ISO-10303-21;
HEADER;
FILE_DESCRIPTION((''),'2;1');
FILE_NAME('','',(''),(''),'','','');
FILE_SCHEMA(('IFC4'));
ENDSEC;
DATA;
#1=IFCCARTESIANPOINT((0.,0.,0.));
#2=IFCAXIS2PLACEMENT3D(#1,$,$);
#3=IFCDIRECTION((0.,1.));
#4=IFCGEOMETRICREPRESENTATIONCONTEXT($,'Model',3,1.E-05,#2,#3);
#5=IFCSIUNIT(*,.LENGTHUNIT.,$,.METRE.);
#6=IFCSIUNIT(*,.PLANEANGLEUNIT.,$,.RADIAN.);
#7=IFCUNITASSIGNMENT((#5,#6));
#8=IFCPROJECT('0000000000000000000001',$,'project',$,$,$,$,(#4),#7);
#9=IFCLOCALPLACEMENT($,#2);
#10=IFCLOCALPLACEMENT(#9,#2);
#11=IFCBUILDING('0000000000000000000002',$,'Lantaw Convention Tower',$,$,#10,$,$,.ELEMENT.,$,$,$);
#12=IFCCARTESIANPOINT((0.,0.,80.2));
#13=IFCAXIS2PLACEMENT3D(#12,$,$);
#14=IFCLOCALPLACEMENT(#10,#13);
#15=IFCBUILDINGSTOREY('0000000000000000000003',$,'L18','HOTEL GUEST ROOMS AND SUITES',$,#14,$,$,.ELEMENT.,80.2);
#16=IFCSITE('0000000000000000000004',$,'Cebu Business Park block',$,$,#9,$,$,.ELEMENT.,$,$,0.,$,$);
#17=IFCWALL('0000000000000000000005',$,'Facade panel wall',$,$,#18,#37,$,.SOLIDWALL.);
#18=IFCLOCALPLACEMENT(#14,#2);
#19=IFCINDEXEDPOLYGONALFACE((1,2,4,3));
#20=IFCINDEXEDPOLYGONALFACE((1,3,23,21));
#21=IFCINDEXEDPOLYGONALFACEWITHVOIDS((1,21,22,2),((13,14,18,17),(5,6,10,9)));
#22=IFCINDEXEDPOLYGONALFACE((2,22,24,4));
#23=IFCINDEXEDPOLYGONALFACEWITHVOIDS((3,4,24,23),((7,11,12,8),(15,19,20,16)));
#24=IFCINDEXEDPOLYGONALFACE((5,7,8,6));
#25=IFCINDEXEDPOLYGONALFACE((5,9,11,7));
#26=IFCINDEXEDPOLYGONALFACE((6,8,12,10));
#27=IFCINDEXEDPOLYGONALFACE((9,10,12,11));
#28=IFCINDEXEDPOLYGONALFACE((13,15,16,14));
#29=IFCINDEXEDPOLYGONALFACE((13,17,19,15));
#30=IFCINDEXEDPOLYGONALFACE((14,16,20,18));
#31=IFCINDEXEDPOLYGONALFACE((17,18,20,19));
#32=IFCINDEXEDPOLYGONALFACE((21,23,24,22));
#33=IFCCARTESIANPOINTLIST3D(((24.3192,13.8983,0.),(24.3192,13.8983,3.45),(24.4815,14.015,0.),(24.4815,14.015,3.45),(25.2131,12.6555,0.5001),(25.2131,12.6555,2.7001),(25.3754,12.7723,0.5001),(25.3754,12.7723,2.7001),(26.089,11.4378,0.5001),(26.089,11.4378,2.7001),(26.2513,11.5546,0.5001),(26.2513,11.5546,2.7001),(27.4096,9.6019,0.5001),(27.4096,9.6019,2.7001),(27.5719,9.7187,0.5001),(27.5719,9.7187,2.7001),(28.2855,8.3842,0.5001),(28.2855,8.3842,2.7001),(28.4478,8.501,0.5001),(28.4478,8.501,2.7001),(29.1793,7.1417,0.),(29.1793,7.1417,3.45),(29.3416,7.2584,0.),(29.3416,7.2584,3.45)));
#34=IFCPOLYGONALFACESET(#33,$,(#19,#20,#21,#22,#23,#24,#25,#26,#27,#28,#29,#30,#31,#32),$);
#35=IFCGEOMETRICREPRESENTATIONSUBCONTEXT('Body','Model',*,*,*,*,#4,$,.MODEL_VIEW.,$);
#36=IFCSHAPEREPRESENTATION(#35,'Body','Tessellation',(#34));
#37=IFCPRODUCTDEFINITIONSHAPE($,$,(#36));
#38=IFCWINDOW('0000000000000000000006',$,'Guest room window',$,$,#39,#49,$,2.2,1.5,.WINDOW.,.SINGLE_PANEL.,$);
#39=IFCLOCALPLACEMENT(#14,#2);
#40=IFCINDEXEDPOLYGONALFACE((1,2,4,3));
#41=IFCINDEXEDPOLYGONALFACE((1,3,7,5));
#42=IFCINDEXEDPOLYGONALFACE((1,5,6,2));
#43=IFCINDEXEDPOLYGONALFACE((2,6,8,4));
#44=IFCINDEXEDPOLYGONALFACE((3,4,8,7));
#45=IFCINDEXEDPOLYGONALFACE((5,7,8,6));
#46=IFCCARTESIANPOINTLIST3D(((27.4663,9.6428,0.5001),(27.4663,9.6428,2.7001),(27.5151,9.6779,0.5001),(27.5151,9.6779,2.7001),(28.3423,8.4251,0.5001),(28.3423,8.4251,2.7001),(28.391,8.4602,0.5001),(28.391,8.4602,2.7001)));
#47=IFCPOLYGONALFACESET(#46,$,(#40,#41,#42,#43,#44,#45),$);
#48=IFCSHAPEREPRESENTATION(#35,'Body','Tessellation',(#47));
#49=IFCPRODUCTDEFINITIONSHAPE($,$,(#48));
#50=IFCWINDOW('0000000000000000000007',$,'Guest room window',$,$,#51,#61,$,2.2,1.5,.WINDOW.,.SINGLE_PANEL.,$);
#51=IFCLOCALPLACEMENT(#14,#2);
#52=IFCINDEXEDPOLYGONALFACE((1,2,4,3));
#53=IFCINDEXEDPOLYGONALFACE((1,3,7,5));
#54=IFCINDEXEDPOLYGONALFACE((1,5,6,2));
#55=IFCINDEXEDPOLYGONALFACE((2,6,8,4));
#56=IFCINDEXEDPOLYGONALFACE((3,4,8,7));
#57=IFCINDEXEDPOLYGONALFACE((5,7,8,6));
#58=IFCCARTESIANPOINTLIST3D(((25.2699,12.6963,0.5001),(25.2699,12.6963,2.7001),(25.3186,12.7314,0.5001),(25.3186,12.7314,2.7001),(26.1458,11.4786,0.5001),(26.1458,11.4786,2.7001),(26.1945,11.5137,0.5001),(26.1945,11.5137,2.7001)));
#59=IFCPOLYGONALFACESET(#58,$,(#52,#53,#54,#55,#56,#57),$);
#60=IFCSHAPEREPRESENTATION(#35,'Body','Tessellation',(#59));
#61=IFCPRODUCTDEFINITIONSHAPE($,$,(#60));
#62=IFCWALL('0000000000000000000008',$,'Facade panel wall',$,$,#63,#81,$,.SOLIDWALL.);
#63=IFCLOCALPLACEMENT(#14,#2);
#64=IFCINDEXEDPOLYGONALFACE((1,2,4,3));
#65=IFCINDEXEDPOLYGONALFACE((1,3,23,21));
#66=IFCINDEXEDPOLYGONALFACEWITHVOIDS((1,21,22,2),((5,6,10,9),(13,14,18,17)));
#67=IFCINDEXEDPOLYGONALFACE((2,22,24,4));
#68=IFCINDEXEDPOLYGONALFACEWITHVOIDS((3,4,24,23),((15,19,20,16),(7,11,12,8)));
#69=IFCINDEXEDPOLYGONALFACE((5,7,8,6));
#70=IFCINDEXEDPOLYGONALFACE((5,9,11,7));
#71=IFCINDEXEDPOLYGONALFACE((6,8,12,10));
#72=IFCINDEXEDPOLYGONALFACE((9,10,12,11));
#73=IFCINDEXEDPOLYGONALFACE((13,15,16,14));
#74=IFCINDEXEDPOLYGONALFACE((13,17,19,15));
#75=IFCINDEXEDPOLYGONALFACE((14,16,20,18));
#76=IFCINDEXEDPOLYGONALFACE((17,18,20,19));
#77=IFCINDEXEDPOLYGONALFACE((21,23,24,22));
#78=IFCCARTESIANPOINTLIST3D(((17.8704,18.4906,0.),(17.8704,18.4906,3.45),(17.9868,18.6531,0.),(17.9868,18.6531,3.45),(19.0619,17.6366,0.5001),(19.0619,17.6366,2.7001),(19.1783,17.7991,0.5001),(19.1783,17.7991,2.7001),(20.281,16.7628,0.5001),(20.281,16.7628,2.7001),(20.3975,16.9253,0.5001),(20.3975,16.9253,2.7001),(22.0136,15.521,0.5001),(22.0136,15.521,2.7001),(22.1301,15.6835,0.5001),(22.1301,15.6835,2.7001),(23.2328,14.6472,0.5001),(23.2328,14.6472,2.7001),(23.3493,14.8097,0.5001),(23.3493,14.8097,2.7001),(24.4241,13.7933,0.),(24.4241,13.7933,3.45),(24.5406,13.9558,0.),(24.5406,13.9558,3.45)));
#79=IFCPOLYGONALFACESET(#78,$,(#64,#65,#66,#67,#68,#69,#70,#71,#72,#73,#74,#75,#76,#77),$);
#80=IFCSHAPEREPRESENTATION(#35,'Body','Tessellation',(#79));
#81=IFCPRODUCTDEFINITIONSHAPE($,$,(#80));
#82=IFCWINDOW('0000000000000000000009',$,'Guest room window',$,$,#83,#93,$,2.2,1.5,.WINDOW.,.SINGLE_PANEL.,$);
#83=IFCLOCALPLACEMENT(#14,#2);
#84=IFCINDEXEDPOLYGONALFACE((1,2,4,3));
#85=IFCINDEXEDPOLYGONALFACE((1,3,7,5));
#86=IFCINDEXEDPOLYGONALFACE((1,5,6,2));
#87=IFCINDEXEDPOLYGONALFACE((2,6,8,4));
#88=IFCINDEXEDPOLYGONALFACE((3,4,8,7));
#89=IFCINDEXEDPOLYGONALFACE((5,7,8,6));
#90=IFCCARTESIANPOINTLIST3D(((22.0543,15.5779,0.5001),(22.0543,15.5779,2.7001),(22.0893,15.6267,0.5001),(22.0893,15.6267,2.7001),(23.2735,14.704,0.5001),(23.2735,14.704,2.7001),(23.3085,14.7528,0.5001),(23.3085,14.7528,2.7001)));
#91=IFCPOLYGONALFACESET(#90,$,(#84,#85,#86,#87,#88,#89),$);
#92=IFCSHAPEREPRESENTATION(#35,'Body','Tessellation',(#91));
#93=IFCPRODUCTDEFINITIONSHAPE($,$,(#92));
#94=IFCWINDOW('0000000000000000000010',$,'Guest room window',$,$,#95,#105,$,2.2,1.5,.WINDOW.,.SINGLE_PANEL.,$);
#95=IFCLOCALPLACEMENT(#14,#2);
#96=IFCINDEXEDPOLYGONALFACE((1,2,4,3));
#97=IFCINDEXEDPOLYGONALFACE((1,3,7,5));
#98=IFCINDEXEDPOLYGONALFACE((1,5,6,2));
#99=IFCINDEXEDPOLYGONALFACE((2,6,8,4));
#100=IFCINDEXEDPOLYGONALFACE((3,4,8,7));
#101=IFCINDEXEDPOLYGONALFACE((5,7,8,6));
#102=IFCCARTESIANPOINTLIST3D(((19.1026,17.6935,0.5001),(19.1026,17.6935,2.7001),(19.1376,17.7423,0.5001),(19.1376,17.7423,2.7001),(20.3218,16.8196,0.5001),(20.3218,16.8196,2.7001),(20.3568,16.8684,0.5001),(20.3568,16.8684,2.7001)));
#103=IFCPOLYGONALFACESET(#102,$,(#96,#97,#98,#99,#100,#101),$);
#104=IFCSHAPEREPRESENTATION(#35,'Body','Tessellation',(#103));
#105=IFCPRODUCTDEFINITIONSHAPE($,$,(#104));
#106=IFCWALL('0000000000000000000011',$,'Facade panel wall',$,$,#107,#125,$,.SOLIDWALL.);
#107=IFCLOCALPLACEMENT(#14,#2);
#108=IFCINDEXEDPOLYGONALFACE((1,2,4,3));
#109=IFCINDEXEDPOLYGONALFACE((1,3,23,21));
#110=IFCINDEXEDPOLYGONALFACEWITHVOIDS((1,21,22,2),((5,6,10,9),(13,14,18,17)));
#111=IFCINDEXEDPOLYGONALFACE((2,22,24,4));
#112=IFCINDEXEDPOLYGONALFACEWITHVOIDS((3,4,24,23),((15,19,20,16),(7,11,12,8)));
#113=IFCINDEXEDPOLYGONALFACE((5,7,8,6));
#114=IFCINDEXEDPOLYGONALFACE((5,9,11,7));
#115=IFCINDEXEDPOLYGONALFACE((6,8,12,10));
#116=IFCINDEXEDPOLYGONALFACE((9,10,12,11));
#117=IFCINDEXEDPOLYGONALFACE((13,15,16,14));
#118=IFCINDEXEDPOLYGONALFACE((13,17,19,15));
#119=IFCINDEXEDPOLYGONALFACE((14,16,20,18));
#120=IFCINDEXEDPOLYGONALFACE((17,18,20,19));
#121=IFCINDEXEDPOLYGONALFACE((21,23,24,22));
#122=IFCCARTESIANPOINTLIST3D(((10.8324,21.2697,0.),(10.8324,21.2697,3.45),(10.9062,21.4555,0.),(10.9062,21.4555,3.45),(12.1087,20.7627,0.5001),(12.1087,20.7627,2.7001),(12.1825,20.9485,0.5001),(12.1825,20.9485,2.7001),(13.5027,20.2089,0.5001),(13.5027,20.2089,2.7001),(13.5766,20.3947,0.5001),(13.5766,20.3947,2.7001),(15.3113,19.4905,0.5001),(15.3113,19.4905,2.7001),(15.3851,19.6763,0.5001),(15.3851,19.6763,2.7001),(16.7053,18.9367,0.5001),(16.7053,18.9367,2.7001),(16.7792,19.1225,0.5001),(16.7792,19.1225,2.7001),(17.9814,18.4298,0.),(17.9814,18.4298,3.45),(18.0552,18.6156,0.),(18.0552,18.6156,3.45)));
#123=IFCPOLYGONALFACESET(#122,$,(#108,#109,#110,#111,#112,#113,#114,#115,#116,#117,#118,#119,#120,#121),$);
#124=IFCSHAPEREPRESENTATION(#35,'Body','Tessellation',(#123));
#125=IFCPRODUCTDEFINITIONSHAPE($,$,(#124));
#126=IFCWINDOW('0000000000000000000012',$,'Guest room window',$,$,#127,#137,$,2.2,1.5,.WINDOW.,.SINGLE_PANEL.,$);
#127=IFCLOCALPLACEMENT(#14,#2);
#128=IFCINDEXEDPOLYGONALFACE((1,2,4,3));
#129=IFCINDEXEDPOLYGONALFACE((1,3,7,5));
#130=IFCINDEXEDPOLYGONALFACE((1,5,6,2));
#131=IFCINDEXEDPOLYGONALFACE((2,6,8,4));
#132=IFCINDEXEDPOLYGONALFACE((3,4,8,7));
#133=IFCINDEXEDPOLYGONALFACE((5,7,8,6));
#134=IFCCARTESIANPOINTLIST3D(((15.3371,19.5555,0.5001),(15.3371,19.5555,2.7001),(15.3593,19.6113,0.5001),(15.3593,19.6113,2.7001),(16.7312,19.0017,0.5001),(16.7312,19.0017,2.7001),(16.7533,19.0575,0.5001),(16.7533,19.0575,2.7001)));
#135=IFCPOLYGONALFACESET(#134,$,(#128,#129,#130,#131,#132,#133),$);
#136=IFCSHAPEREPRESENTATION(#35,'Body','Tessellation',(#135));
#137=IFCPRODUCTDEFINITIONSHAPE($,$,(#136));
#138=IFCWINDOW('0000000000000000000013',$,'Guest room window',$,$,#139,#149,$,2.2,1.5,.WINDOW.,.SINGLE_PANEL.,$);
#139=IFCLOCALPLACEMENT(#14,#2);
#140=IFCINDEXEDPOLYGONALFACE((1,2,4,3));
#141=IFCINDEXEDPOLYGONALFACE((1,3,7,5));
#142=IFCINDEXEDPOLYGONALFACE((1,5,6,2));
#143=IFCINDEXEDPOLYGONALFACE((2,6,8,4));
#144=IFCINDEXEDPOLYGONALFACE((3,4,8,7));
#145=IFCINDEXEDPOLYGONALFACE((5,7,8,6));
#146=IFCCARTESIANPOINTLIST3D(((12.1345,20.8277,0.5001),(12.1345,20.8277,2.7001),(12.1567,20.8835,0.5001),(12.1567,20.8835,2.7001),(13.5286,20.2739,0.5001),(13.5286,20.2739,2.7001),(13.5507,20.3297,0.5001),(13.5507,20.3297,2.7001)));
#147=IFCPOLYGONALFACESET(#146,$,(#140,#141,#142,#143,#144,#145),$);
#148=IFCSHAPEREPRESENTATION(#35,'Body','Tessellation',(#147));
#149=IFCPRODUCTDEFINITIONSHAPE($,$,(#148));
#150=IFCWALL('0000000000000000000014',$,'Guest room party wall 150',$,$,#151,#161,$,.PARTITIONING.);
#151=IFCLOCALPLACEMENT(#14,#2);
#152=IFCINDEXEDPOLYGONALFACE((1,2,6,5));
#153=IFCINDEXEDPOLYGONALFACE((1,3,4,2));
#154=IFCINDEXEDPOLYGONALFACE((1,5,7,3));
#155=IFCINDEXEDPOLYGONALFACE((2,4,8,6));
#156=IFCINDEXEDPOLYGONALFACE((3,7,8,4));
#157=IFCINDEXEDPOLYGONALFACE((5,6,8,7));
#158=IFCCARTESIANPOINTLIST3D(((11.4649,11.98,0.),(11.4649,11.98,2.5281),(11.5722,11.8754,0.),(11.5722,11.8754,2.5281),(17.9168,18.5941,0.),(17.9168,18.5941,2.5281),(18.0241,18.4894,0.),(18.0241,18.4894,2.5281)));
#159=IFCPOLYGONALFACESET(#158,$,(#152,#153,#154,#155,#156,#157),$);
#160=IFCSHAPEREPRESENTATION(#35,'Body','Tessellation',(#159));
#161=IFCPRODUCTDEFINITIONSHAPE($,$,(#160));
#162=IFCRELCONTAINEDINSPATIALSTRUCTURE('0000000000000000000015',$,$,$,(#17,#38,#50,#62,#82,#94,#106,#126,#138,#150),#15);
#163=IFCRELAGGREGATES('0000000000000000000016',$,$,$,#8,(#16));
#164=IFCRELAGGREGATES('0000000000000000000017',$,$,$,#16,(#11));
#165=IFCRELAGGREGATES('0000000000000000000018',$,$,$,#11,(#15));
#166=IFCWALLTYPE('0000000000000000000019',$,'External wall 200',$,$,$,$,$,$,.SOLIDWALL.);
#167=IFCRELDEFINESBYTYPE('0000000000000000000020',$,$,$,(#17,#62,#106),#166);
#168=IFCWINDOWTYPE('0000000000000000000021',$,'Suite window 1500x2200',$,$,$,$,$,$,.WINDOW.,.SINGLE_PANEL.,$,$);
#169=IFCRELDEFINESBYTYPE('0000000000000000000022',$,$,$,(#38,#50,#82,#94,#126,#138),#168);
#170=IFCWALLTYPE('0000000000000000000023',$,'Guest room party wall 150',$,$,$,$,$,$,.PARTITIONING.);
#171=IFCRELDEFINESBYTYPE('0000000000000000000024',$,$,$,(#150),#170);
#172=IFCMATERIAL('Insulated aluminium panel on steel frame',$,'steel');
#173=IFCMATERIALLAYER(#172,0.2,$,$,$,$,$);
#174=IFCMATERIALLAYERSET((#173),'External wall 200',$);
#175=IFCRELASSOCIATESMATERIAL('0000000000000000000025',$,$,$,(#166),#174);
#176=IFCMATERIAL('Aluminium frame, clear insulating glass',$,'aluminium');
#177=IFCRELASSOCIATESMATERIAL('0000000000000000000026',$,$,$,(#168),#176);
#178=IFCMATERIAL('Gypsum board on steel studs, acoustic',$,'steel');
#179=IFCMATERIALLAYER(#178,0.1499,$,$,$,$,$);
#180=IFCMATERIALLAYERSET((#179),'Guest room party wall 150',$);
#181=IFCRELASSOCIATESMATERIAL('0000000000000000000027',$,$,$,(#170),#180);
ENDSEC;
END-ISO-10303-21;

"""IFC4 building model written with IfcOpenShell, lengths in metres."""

from ifc_helpers import new_model, si_unit, direction, frame, frame_2d, origin, place, context, subcontext, project, spatial, rectangle, extrude, material, layer, layer_set, type_object, element, fill, save


model = new_model("IFC4")

# Units and contexts
model_context = context("Model", 3, precision=1e-05, world=origin(), true_north=direction((0.0, 1.0)))
body_context = subcontext(model_context, "Body", "Model", "MODEL_VIEW")
ifc_project = project(units=[si_unit("LENGTHUNIT", "METRE"), si_unit("PLANEANGLEUNIT", "RADIAN")], contexts=[model_context])

# Site, building, storey
site_placement = place(None, origin())
site = spatial("IfcSite", under=ifc_project, at=site_placement, Name="Cebu Business Park block", CompositionType="ELEMENT", RefElevation=0.0)
building_placement = place(site_placement, origin())
building = spatial("IfcBuilding", under=site, at=building_placement, Name="Lantaw Convention Tower", CompositionType="ELEMENT")
storey_placement = place(building_placement, frame((0.0, 0.0, 80.2)))
storey = spatial("IfcBuildingStorey", under=building, at=storey_placement, Name="L18", Description="HOTEL GUEST ROOMS AND SUITES", CompositionType="ELEMENT", Elevation=80.2)

# Walls, openings, windows
ifc_material_1 = material(Name="Insulated aluminium panel on steel frame", Category="steel")
ifc_layer_1 = layer(ifc_material_1, 0.2)
ifc_layer_set_1 = layer_set([ifc_layer_1], Name="External wall 200")
wall_type_1 = type_object("IfcWallType", Name="External wall 200", PredefinedType="SOLIDWALL", material=ifc_layer_set_1)
wall_1_placement = place(storey_placement, frame((29.2605, 7.2, 0.0), z_axis=(0.0, 0.0, 1.0), x_axis=(-0.583938, 0.811799, 0.0)))
wall_1 = element("IfcWall", 1, at=wall_1_placement, inside=storey, type_object=wall_type_1, Name="Facade panel wall", PredefinedType="SOLIDWALL", context=body_context, shape_type="SweptSolid", body=[
    extrude(rectangle(XDim=8.323, YDim=0.2, at=frame_2d((4.1616, 0.0))), origin(), (0.0, 0.0, 1.0), 3.45),
])
opening_1_placement = place(wall_1_placement, frame((1.5308, 0.0, 0.5)))
opening_1 = element("IfcOpeningElement", 2, at=opening_1_placement, cuts=wall_1, PredefinedType="OPENING", context=body_context, shape_type="SweptSolid", body=[
    extrude(rectangle(XDim=1.5, YDim=2.2, at=frame_2d((0.75, 1.1001))), frame((0.0, 0.1099, 0.0), z_axis=(0.0, -1.0, 0.0), x_axis=(1.0, 0.0, 0.0)), (0.0, 0.0, 1.0), 0.22),
])
opening_2_placement = place(wall_1_placement, frame((5.2922, 0.0, 0.5)))
opening_2 = element("IfcOpeningElement", 3, at=opening_2_placement, cuts=wall_1, PredefinedType="OPENING", context=body_context, shape_type="SweptSolid", body=[
    extrude(rectangle(XDim=1.5, YDim=2.2, at=frame_2d((0.75, 1.1001))), frame((0.0, 0.1099, 0.0), z_axis=(0.0, -1.0, 0.0), x_axis=(1.0, 0.0, 0.0)), (0.0, 0.0, 1.0), 0.22),
])
ifc_material_2 = material(Name="Aluminium frame, clear insulating glass", Category="aluminium")
window_type = type_object("IfcWindowType", Name="Suite window 1500x2200", PartitioningType="SINGLE_PANEL", PredefinedType="WINDOW", material=ifc_material_2)
window_1_placement = place(opening_1_placement, origin())
window_1 = element("IfcWindow", 4, at=window_1_placement, inside=storey, type_object=window_type, Name="Guest room window", OverallHeight=2.2, OverallWidth=1.5, PartitioningType="SINGLE_PANEL", PredefinedType="WINDOW", context=body_context, shape_type="SweptSolid", body=[
    extrude(rectangle(XDim=1.5, YDim=2.2, at=frame_2d((0.75, 1.1001))), frame((0.0, 0.03, 0.0), z_axis=(0.0, -1.0, 0.0), x_axis=(1.0, 0.0, 0.0)), (0.0, 0.0, 1.0), 0.0601),
])
fill(opening_1, window_1)
window_2_placement = place(opening_2_placement, origin())
window_2 = element("IfcWindow", 5, at=window_2_placement, inside=storey, type_object=window_type, Name="Guest room window", OverallHeight=2.2, OverallWidth=1.5, PartitioningType="SINGLE_PANEL", PredefinedType="WINDOW", context=body_context, shape_type="SweptSolid", body=[
    extrude(rectangle(XDim=1.5, YDim=2.2, at=frame_2d((0.75, 1.1001))), frame((0.0, 0.03, 0.0), z_axis=(0.0, -1.0, 0.0), x_axis=(1.0, 0.0, 0.0)), (0.0, 0.0, 1.0), 0.0601),
])
fill(opening_2, window_2)
wall_2_placement = place(storey_placement, frame((24.4824, 13.8745, 0.0), z_axis=(0.0, 0.0, 1.0), x_axis=(-0.812791, 0.582555, 0.0)))
wall_2 = element("IfcWall", 6, at=wall_2_placement, inside=storey, type_object=wall_type_1, Name="Facade panel wall", PredefinedType="SOLIDWALL", context=body_context, shape_type="SweptSolid", body=[
    extrude(rectangle(XDim=8.0632, YDim=0.2, at=frame_2d((4.0317, 0.0))), origin(), (0.0, 0.0, 1.0), 3.45),
])
opening_3_placement = place(wall_2_placement, frame((1.4658, 0.0, 0.5)))
opening_3 = element("IfcOpeningElement", 7, at=opening_3_placement, cuts=wall_2, PredefinedType="OPENING", context=body_context, shape_type="SweptSolid", body=[
    extrude(rectangle(XDim=1.5, YDim=2.2, at=frame_2d((0.75, 1.1001))), frame((0.0, 0.1099, 0.0), z_axis=(0.0, -1.0, 0.0), x_axis=(1.0, 0.0, 0.0)), (0.0, 0.0, 1.0), 0.22),
])
opening_4_placement = place(wall_2_placement, frame((5.0974, 0.0, 0.5)))
opening_4 = element("IfcOpeningElement", 8, at=opening_4_placement, cuts=wall_2, PredefinedType="OPENING", context=body_context, shape_type="SweptSolid", body=[
    extrude(rectangle(XDim=1.5, YDim=2.2, at=frame_2d((0.75, 1.1001))), frame((0.0, 0.1099, 0.0), z_axis=(0.0, -1.0, 0.0), x_axis=(1.0, 0.0, 0.0)), (0.0, 0.0, 1.0), 0.22),
])
window_3_placement = place(opening_3_placement, origin())
window_3 = element("IfcWindow", 9, at=window_3_placement, inside=storey, type_object=window_type, Name="Guest room window", OverallHeight=2.2, OverallWidth=1.5, PartitioningType="SINGLE_PANEL", PredefinedType="WINDOW", context=body_context, shape_type="SweptSolid", body=[
    extrude(rectangle(XDim=1.5, YDim=2.2, at=frame_2d((0.75, 1.1001))), frame((0.0, 0.03, 0.0), z_axis=(0.0, -1.0, 0.0), x_axis=(1.0, 0.0, 0.0)), (0.0, 0.0, 1.0), 0.0601),
])
fill(opening_3, window_3)
window_4_placement = place(opening_4_placement, origin())
window_4 = element("IfcWindow", 10, at=window_4_placement, inside=storey, type_object=window_type, Name="Guest room window", OverallHeight=2.2, OverallWidth=1.5, PartitioningType="SINGLE_PANEL", PredefinedType="WINDOW", context=body_context, shape_type="SweptSolid", body=[
    extrude(rectangle(XDim=1.5, YDim=2.2, at=frame_2d((0.75, 1.1001))), frame((0.0, 0.03, 0.0), z_axis=(0.0, -1.0, 0.0), x_axis=(1.0, 0.0, 0.0)), (0.0, 0.0, 1.0), 0.0601),
])
fill(opening_4, window_4)
wall_3_placement = place(storey_placement, frame((18.0183, 18.5227, 0.0), z_axis=(0.0, 0.0, 1.0), x_axis=(-0.929358, 0.369179, 0.0)))
wall_3 = element("IfcWall", 11, at=wall_3_placement, inside=storey, type_object=wall_type_1, Name="Facade panel wall", PredefinedType="SOLIDWALL", context=body_context, shape_type="SweptSolid", body=[
    extrude(rectangle(XDim=7.6924, YDim=0.2, at=frame_2d((3.8462, 0.0))), origin(), (0.0, 0.0, 1.0), 3.45),
])
opening_5_placement = place(wall_3_placement, frame((1.373, 0.0, 0.5)))
opening_5 = element("IfcOpeningElement", 12, at=opening_5_placement, cuts=wall_3, PredefinedType="OPENING", context=body_context, shape_type="SweptSolid", body=[
    extrude(rectangle(XDim=1.5, YDim=2.2, at=frame_2d((0.75, 1.1001))), frame((0.0, 0.1099, 0.0), z_axis=(0.0, -1.0, 0.0), x_axis=(1.0, 0.0, 0.0)), (0.0, 0.0, 1.0), 0.22),
])
opening_6_placement = place(wall_3_placement, frame((4.8191, 0.0, 0.5)))
opening_6 = element("IfcOpeningElement", 13, at=opening_6_placement, cuts=wall_3, PredefinedType="OPENING", context=body_context, shape_type="SweptSolid", body=[
    extrude(rectangle(XDim=1.5, YDim=2.2, at=frame_2d((0.75, 1.1001))), frame((0.0, 0.1099, 0.0), z_axis=(0.0, -1.0, 0.0), x_axis=(1.0, 0.0, 0.0)), (0.0, 0.0, 1.0), 0.22),
])
window_5_placement = place(opening_5_placement, origin())
window_5 = element("IfcWindow", 14, at=window_5_placement, inside=storey, type_object=window_type, Name="Guest room window", OverallHeight=2.2, OverallWidth=1.5, PartitioningType="SINGLE_PANEL", PredefinedType="WINDOW", context=body_context, shape_type="SweptSolid", body=[
    extrude(rectangle(XDim=1.5, YDim=2.2, at=frame_2d((0.75, 1.1001))), frame((0.0, 0.03, 0.0), z_axis=(0.0, -1.0, 0.0), x_axis=(1.0, 0.0, 0.0)), (0.0, 0.0, 1.0), 0.0601),
])
fill(opening_5, window_5)
window_6_placement = place(opening_6_placement, origin())
window_6 = element("IfcWindow", 15, at=window_6_placement, inside=storey, type_object=window_type, Name="Guest room window", OverallHeight=2.2, OverallWidth=1.5, PartitioningType="SINGLE_PANEL", PredefinedType="WINDOW", context=body_context, shape_type="SweptSolid", body=[
    extrude(rectangle(XDim=1.5, YDim=2.2, at=frame_2d((0.75, 1.1001))), frame((0.0, 0.03, 0.0), z_axis=(0.0, -1.0, 0.0), x_axis=(1.0, 0.0, 0.0)), (0.0, 0.0, 1.0), 0.0601),
])
fill(opening_6, window_6)

# Wall
ifc_material_3 = material(Name="Gypsum board on steel studs, acoustic", Category="steel")
ifc_layer_2 = layer(ifc_material_3, 0.1499)
ifc_layer_set_2 = layer_set([ifc_layer_2], Name="Guest room party wall 150")
wall_type_2 = type_object("IfcWallType", Name="Guest room party wall 150", PredefinedType="PARTITIONING", material=ifc_layer_set_2)
wall_4_placement = place(storey_placement, frame((17.9705, 18.5417, 0.0), z_axis=(0.0, 0.0, 1.0), x_axis=(-0.69828, -0.715825, 0.0)))
element("IfcWall", 16, at=wall_4_placement, inside=storey, type_object=wall_type_2, Name="Guest room party wall 150", PredefinedType="PARTITIONING", context=body_context, shape_type="SweptSolid", body=[
    extrude(rectangle(XDim=9.2397, YDim=0.1499, at=frame_2d((4.6199, 0.0))), origin(), (0.0, 0.0, 1.0), 2.5281),
])

save(model, "model.ifc")
